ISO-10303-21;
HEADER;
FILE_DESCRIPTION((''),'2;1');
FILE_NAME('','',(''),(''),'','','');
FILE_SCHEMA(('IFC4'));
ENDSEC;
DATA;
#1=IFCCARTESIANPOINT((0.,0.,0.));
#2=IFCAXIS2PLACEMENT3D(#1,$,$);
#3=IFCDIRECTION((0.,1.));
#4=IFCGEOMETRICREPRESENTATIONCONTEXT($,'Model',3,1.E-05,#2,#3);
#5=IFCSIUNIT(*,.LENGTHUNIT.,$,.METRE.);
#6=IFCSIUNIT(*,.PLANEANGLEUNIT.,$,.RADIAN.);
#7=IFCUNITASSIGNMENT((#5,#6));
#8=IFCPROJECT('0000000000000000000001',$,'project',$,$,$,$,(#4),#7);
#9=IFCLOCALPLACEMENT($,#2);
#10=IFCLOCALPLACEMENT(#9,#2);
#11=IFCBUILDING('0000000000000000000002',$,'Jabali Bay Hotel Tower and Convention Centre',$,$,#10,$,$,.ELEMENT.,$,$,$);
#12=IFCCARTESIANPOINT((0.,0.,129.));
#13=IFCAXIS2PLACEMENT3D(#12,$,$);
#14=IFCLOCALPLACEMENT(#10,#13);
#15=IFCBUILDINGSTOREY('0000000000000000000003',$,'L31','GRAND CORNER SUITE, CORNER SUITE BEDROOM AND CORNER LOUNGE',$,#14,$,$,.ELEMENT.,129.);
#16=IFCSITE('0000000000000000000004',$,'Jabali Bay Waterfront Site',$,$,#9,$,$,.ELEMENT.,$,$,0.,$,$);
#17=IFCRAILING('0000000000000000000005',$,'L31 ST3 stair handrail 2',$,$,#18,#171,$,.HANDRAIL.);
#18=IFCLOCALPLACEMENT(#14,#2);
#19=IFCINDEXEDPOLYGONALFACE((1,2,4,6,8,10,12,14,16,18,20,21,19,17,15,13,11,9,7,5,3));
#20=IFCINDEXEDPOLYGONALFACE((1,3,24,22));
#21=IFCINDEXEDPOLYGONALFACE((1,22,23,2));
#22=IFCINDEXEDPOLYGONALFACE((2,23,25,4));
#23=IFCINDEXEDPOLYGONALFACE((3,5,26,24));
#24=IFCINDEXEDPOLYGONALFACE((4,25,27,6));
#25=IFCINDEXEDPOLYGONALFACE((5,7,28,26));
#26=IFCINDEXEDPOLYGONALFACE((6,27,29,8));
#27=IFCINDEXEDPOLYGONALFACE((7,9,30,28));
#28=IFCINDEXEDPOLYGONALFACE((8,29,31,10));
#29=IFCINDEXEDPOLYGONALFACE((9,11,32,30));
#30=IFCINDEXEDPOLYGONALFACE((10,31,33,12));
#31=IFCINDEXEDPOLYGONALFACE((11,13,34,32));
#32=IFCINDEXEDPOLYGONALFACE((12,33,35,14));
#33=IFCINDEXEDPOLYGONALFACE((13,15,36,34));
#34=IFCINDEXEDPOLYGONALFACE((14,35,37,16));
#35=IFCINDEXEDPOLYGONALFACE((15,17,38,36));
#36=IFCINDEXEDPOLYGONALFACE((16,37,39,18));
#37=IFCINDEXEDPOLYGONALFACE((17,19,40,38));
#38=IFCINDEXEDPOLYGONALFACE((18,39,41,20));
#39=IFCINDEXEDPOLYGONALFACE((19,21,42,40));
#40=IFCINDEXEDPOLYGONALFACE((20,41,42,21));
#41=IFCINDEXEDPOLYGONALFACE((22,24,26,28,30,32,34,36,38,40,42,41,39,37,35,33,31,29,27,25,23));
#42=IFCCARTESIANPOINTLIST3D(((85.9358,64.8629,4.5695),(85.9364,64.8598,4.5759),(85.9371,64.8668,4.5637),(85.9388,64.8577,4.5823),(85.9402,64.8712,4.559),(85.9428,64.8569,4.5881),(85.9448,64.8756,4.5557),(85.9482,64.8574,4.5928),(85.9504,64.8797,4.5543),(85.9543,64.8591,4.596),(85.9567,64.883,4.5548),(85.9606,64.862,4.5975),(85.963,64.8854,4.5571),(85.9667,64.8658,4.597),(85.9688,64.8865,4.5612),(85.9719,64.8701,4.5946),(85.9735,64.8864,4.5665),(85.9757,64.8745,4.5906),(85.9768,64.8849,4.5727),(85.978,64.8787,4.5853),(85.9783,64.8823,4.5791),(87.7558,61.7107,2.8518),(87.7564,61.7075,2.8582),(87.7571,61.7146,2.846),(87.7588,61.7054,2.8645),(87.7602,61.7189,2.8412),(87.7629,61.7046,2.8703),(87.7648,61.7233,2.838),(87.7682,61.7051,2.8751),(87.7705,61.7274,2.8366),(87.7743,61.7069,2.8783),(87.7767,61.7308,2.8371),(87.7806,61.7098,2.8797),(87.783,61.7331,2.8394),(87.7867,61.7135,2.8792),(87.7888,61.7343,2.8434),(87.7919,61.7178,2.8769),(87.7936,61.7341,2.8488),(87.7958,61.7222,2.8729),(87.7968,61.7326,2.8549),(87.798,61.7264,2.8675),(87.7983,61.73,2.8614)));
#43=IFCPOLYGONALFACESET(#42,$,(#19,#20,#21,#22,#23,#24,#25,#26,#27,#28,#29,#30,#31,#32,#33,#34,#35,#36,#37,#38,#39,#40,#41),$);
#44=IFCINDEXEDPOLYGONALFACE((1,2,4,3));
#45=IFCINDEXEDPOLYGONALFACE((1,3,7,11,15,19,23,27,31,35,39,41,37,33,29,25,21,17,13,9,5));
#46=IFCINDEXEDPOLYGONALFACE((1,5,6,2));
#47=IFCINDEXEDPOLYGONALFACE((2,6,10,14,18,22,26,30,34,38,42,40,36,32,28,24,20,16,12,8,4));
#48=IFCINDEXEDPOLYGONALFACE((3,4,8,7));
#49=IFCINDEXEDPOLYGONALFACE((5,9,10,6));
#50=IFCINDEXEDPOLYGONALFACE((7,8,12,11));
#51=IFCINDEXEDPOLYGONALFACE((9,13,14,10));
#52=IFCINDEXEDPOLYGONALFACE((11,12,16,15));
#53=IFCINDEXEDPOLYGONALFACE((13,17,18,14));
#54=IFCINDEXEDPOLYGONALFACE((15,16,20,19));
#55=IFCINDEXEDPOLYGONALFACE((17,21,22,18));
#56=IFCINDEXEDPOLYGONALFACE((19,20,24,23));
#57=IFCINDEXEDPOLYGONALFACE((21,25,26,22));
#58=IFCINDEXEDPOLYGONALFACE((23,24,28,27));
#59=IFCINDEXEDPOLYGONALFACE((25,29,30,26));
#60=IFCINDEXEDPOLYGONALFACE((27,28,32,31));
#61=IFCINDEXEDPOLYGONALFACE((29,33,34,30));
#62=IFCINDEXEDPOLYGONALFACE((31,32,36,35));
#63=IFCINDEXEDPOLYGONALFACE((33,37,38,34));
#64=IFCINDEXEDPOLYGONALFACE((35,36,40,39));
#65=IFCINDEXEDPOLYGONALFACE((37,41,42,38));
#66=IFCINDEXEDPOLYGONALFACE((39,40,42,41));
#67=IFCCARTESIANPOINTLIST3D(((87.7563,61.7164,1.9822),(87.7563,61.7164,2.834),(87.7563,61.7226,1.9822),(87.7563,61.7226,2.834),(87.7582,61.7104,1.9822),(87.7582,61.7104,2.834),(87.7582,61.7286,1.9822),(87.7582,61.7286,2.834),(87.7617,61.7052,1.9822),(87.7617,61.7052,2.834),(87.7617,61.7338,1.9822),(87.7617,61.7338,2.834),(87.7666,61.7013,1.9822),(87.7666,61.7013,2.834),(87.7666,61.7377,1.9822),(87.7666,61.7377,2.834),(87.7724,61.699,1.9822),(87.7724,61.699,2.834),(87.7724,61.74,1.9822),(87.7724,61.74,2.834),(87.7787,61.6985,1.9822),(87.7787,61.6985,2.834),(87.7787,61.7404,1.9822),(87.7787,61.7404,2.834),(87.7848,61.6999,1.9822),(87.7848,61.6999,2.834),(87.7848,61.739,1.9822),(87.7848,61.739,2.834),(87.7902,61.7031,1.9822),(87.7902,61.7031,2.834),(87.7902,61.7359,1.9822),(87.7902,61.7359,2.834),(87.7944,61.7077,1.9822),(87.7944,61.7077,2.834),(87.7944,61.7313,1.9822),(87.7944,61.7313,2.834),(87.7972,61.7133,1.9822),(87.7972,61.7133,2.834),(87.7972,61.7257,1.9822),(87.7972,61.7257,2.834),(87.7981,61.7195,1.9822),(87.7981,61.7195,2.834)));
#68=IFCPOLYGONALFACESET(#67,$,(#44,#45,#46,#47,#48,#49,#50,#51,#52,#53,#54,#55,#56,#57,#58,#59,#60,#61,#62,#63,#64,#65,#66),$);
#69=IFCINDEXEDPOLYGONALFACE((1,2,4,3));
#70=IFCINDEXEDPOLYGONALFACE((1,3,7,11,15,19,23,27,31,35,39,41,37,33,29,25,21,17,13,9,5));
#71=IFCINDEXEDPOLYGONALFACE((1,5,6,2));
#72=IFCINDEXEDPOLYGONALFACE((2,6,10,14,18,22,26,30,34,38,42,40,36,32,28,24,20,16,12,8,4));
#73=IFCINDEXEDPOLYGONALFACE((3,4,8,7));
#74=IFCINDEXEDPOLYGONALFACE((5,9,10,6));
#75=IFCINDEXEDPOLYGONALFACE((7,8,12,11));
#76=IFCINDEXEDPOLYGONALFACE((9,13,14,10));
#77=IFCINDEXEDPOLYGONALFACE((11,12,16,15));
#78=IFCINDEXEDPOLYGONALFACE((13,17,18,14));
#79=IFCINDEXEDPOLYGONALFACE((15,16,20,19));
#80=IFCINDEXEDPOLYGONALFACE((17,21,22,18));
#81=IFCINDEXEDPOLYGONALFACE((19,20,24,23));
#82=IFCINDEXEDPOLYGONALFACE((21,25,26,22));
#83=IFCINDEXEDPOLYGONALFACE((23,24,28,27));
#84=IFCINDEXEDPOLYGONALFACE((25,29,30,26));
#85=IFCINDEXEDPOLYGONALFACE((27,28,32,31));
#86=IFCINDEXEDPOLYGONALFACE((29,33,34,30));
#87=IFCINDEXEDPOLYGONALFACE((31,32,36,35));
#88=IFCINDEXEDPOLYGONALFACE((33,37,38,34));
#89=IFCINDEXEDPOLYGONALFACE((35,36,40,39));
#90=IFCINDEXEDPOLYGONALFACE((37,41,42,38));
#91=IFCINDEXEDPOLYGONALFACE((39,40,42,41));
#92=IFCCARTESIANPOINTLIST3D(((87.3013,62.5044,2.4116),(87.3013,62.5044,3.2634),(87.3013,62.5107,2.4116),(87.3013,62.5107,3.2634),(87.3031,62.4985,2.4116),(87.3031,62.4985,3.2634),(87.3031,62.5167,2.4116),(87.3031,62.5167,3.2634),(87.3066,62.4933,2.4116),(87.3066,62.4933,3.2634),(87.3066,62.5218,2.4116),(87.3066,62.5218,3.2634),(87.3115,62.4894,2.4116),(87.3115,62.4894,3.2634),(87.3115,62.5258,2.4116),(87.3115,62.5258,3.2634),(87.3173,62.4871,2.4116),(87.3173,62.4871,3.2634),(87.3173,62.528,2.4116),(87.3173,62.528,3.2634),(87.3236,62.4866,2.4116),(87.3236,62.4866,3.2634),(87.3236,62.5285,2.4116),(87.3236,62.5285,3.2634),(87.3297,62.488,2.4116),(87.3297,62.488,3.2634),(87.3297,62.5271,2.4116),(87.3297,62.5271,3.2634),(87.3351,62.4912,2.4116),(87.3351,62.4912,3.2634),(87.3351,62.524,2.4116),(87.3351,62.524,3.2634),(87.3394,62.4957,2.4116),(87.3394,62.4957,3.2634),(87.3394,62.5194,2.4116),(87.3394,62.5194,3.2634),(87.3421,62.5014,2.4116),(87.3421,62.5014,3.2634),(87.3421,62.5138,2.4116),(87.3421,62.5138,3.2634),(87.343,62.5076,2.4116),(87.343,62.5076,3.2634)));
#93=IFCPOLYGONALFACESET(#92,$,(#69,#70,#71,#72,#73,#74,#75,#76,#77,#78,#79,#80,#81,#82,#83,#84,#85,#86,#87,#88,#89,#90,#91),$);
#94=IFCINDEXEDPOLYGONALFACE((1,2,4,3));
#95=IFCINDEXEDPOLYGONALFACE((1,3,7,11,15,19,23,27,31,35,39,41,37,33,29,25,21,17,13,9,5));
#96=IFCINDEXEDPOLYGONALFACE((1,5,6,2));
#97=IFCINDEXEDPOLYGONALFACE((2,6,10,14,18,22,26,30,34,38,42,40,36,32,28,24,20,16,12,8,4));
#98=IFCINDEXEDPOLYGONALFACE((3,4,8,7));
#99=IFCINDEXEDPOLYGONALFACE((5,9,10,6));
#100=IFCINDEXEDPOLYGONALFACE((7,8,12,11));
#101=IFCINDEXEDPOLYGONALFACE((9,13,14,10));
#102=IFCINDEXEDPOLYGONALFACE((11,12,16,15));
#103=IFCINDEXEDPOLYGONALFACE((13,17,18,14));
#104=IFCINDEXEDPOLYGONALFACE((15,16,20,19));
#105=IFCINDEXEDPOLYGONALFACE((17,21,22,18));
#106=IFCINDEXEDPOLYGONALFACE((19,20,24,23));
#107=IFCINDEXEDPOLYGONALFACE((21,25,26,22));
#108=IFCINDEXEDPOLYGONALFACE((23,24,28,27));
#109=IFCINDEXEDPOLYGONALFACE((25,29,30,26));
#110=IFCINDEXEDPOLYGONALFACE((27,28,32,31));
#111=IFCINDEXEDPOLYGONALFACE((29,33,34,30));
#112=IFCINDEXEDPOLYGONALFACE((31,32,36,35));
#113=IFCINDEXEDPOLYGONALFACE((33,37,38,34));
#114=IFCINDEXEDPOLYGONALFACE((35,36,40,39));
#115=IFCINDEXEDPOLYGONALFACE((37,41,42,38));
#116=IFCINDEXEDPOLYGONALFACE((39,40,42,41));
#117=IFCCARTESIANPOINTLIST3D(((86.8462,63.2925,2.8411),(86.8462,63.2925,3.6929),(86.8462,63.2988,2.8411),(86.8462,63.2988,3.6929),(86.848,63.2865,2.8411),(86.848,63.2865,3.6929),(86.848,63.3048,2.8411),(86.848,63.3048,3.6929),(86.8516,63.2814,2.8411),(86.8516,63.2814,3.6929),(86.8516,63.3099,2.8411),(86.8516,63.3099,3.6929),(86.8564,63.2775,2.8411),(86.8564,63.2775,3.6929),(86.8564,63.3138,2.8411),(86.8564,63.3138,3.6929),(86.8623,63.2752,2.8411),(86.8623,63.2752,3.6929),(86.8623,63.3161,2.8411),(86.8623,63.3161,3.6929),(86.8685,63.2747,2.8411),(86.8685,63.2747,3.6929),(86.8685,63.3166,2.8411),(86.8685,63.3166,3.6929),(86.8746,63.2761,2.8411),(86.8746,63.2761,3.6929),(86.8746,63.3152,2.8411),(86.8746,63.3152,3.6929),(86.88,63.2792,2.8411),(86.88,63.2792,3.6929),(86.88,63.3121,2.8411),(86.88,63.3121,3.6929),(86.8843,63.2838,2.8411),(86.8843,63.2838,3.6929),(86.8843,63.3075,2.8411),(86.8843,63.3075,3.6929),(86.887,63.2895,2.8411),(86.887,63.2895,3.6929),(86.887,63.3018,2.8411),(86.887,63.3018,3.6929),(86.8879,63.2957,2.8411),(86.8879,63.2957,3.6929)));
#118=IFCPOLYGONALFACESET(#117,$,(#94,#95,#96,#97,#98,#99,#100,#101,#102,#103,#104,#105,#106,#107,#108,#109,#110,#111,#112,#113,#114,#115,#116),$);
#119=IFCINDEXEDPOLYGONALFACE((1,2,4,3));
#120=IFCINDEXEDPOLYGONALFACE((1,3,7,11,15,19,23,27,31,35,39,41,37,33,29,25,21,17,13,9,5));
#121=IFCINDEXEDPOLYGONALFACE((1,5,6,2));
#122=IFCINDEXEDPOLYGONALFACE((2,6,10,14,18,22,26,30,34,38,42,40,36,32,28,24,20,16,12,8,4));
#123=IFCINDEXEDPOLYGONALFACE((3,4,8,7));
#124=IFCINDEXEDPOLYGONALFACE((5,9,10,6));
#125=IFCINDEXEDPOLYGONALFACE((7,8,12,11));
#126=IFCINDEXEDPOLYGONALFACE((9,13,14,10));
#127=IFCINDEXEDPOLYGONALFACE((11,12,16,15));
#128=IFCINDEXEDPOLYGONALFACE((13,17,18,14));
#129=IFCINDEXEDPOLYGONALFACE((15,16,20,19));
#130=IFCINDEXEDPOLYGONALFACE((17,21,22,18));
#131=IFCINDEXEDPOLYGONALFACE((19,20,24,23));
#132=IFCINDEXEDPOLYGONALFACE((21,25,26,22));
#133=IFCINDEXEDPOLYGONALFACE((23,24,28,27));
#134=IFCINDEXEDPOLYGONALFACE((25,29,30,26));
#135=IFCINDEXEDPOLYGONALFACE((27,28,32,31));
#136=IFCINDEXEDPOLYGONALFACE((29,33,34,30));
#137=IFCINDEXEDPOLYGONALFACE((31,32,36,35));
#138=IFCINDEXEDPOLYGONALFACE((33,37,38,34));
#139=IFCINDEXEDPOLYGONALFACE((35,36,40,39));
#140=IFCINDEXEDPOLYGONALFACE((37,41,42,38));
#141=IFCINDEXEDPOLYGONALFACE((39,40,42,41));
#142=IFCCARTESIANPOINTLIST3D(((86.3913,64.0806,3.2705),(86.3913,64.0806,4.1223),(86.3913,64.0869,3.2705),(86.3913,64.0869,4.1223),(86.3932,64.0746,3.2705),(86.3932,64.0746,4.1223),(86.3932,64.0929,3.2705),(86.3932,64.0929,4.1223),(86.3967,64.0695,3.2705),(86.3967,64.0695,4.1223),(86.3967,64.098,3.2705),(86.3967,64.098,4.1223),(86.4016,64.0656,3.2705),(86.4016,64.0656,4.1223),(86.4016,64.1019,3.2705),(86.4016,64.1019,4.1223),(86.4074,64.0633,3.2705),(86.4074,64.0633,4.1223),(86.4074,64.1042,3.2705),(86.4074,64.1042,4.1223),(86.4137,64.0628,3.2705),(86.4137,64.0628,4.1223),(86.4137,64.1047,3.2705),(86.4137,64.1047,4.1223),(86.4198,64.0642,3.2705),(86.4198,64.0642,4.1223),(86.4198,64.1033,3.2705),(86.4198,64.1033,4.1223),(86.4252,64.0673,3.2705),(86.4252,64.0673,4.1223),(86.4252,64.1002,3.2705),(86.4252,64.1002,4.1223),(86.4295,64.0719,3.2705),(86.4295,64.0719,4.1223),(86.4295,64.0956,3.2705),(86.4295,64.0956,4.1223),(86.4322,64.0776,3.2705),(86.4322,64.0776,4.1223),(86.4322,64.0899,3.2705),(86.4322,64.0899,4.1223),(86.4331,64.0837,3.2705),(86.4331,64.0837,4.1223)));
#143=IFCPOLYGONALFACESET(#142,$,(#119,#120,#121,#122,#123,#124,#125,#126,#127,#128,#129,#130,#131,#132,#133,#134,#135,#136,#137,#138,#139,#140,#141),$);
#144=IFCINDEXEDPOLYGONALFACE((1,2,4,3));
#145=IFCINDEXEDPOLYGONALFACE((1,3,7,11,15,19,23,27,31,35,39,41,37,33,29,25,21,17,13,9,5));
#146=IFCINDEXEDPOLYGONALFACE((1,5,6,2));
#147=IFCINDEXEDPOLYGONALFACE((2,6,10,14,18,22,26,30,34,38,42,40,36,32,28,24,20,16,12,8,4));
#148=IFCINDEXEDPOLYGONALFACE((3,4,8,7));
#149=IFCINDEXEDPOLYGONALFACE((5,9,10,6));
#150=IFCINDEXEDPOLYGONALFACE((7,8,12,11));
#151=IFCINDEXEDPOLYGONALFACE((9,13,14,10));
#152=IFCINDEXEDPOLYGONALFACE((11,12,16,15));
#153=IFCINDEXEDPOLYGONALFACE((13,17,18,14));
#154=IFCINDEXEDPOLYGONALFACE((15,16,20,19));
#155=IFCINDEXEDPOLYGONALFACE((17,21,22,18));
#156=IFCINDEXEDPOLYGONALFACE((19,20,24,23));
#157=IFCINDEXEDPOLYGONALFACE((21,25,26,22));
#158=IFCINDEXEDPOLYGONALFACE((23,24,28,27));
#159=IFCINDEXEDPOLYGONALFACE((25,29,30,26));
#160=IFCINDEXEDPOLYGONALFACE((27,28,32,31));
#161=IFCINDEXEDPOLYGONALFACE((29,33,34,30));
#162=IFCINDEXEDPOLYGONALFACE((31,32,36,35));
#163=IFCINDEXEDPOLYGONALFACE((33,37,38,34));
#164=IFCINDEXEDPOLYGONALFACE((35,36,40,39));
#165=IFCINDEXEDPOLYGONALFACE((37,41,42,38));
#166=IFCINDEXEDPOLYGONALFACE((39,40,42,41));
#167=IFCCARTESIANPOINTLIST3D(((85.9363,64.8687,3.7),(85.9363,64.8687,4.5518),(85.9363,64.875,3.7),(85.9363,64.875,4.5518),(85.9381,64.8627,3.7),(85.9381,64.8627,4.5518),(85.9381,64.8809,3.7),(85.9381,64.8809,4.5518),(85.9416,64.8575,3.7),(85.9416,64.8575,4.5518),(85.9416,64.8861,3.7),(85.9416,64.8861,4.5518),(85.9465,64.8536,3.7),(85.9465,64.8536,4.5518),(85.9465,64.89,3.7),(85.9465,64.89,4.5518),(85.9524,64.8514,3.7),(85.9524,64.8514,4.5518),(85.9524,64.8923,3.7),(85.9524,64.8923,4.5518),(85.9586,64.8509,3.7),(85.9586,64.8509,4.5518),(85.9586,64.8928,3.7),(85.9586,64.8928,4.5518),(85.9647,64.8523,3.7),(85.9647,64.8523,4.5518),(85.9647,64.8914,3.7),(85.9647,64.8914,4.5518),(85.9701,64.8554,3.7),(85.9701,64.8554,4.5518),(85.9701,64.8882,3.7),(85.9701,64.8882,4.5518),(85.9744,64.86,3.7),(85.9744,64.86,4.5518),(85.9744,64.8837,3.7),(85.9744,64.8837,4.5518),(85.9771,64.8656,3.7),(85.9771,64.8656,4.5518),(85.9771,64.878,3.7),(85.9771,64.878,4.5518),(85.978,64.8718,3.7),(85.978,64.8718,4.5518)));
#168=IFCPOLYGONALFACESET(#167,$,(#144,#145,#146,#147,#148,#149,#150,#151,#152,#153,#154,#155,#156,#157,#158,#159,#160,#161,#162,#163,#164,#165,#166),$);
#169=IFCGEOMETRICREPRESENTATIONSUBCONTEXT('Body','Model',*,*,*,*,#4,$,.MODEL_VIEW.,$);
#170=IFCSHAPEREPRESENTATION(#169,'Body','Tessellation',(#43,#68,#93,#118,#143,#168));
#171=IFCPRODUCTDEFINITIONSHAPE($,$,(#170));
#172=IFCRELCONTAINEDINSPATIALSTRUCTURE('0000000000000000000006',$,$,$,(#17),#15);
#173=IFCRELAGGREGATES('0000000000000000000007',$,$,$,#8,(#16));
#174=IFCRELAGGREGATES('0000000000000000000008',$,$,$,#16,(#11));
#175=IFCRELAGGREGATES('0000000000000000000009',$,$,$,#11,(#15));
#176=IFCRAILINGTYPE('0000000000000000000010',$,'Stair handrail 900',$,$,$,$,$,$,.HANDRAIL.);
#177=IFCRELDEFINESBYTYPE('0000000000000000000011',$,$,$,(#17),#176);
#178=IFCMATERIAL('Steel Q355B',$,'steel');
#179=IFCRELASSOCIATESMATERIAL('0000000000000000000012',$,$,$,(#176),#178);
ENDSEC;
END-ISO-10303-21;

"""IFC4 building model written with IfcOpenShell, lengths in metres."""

from ifc_helpers import new_model, si_unit, direction, frame, origin, origin_2d, place, context, subcontext, project, spatial, circle, extrude, material, type_object, element, save


model = new_model("IFC4")

# Units and contexts
model_context = context("Model", 3, precision=1e-05, world=origin(), true_north=direction((0.0, 1.0)))
body_context = subcontext(model_context, "Body", "Model", "MODEL_VIEW")
ifc_project = project(units=[si_unit("LENGTHUNIT", "METRE"), si_unit("PLANEANGLEUNIT", "RADIAN")], contexts=[model_context])

# Site, building, storey
site_placement = place(None, origin())
site = spatial("IfcSite", under=ifc_project, at=site_placement, Name="Jabali Bay Waterfront Site", CompositionType="ELEMENT", RefElevation=0.0)
building_placement = place(site_placement, origin())
building = spatial("IfcBuilding", under=site, at=building_placement, Name="Jabali Bay Hotel Tower and Convention Centre", CompositionType="ELEMENT")
storey_placement = place(building_placement, frame((0.0, 0.0, 129.0)))
storey = spatial("IfcBuildingStorey", under=building, at=storey_placement, Name="L31", Description="GRAND CORNER SUITE, CORNER SUITE BEDROOM AND CORNER LOUNGE", CompositionType="ELEMENT", Elevation=129.0)

# Railing
ifc_material_1 = material(Name="Steel Q355B", Category="steel")
railing_type_1 = type_object("IfcRailingType", Name="Stair handrail 900", PredefinedType="HANDRAIL", material=ifc_material_1)
railing_1_placement = place(storey_placement, frame((87.7771, 61.7195, 1.9822)))
element("IfcRailing", 1, at=railing_1_placement, inside=storey, type_object=railing_type_1, Name="L31 ST3 stair handrail 2", PredefinedType="HANDRAIL", context=body_context, shape_type="SweptSolid", body=[
    extrude(circle(Radius=0.0239, at=origin_2d()), frame((0.0, 0.0, 0.876), z_axis=(-0.45219, 0.78319, 0.426775), x_axis=(-0.866018, -0.500013, 0.0)), (0.0, 0.0, 1.0), 4.0249),
    extrude(circle(Radius=0.021, at=origin_2d()), origin(), (0.0, 0.0, 1.0), 0.8518),
    extrude(circle(Radius=0.021, at=origin_2d()), frame((-0.4551, 0.7881, 0.4294)), (0.0, 0.0, 1.0), 0.8518),
    extrude(circle(Radius=0.021, at=origin_2d()), frame((-0.9102, 1.5762, 0.8589)), (0.0, 0.0, 1.0), 0.8518),
    extrude(circle(Radius=0.021, at=origin_2d()), frame((-1.365, 2.3643, 1.2883)), (0.0, 0.0, 1.0), 0.8518),
    extrude(circle(Radius=0.021, at=origin_2d()), frame((-1.8201, 3.1523, 1.7178)), (0.0, 0.0, 1.0), 0.8518),
])

save(model, "model.ifc")
